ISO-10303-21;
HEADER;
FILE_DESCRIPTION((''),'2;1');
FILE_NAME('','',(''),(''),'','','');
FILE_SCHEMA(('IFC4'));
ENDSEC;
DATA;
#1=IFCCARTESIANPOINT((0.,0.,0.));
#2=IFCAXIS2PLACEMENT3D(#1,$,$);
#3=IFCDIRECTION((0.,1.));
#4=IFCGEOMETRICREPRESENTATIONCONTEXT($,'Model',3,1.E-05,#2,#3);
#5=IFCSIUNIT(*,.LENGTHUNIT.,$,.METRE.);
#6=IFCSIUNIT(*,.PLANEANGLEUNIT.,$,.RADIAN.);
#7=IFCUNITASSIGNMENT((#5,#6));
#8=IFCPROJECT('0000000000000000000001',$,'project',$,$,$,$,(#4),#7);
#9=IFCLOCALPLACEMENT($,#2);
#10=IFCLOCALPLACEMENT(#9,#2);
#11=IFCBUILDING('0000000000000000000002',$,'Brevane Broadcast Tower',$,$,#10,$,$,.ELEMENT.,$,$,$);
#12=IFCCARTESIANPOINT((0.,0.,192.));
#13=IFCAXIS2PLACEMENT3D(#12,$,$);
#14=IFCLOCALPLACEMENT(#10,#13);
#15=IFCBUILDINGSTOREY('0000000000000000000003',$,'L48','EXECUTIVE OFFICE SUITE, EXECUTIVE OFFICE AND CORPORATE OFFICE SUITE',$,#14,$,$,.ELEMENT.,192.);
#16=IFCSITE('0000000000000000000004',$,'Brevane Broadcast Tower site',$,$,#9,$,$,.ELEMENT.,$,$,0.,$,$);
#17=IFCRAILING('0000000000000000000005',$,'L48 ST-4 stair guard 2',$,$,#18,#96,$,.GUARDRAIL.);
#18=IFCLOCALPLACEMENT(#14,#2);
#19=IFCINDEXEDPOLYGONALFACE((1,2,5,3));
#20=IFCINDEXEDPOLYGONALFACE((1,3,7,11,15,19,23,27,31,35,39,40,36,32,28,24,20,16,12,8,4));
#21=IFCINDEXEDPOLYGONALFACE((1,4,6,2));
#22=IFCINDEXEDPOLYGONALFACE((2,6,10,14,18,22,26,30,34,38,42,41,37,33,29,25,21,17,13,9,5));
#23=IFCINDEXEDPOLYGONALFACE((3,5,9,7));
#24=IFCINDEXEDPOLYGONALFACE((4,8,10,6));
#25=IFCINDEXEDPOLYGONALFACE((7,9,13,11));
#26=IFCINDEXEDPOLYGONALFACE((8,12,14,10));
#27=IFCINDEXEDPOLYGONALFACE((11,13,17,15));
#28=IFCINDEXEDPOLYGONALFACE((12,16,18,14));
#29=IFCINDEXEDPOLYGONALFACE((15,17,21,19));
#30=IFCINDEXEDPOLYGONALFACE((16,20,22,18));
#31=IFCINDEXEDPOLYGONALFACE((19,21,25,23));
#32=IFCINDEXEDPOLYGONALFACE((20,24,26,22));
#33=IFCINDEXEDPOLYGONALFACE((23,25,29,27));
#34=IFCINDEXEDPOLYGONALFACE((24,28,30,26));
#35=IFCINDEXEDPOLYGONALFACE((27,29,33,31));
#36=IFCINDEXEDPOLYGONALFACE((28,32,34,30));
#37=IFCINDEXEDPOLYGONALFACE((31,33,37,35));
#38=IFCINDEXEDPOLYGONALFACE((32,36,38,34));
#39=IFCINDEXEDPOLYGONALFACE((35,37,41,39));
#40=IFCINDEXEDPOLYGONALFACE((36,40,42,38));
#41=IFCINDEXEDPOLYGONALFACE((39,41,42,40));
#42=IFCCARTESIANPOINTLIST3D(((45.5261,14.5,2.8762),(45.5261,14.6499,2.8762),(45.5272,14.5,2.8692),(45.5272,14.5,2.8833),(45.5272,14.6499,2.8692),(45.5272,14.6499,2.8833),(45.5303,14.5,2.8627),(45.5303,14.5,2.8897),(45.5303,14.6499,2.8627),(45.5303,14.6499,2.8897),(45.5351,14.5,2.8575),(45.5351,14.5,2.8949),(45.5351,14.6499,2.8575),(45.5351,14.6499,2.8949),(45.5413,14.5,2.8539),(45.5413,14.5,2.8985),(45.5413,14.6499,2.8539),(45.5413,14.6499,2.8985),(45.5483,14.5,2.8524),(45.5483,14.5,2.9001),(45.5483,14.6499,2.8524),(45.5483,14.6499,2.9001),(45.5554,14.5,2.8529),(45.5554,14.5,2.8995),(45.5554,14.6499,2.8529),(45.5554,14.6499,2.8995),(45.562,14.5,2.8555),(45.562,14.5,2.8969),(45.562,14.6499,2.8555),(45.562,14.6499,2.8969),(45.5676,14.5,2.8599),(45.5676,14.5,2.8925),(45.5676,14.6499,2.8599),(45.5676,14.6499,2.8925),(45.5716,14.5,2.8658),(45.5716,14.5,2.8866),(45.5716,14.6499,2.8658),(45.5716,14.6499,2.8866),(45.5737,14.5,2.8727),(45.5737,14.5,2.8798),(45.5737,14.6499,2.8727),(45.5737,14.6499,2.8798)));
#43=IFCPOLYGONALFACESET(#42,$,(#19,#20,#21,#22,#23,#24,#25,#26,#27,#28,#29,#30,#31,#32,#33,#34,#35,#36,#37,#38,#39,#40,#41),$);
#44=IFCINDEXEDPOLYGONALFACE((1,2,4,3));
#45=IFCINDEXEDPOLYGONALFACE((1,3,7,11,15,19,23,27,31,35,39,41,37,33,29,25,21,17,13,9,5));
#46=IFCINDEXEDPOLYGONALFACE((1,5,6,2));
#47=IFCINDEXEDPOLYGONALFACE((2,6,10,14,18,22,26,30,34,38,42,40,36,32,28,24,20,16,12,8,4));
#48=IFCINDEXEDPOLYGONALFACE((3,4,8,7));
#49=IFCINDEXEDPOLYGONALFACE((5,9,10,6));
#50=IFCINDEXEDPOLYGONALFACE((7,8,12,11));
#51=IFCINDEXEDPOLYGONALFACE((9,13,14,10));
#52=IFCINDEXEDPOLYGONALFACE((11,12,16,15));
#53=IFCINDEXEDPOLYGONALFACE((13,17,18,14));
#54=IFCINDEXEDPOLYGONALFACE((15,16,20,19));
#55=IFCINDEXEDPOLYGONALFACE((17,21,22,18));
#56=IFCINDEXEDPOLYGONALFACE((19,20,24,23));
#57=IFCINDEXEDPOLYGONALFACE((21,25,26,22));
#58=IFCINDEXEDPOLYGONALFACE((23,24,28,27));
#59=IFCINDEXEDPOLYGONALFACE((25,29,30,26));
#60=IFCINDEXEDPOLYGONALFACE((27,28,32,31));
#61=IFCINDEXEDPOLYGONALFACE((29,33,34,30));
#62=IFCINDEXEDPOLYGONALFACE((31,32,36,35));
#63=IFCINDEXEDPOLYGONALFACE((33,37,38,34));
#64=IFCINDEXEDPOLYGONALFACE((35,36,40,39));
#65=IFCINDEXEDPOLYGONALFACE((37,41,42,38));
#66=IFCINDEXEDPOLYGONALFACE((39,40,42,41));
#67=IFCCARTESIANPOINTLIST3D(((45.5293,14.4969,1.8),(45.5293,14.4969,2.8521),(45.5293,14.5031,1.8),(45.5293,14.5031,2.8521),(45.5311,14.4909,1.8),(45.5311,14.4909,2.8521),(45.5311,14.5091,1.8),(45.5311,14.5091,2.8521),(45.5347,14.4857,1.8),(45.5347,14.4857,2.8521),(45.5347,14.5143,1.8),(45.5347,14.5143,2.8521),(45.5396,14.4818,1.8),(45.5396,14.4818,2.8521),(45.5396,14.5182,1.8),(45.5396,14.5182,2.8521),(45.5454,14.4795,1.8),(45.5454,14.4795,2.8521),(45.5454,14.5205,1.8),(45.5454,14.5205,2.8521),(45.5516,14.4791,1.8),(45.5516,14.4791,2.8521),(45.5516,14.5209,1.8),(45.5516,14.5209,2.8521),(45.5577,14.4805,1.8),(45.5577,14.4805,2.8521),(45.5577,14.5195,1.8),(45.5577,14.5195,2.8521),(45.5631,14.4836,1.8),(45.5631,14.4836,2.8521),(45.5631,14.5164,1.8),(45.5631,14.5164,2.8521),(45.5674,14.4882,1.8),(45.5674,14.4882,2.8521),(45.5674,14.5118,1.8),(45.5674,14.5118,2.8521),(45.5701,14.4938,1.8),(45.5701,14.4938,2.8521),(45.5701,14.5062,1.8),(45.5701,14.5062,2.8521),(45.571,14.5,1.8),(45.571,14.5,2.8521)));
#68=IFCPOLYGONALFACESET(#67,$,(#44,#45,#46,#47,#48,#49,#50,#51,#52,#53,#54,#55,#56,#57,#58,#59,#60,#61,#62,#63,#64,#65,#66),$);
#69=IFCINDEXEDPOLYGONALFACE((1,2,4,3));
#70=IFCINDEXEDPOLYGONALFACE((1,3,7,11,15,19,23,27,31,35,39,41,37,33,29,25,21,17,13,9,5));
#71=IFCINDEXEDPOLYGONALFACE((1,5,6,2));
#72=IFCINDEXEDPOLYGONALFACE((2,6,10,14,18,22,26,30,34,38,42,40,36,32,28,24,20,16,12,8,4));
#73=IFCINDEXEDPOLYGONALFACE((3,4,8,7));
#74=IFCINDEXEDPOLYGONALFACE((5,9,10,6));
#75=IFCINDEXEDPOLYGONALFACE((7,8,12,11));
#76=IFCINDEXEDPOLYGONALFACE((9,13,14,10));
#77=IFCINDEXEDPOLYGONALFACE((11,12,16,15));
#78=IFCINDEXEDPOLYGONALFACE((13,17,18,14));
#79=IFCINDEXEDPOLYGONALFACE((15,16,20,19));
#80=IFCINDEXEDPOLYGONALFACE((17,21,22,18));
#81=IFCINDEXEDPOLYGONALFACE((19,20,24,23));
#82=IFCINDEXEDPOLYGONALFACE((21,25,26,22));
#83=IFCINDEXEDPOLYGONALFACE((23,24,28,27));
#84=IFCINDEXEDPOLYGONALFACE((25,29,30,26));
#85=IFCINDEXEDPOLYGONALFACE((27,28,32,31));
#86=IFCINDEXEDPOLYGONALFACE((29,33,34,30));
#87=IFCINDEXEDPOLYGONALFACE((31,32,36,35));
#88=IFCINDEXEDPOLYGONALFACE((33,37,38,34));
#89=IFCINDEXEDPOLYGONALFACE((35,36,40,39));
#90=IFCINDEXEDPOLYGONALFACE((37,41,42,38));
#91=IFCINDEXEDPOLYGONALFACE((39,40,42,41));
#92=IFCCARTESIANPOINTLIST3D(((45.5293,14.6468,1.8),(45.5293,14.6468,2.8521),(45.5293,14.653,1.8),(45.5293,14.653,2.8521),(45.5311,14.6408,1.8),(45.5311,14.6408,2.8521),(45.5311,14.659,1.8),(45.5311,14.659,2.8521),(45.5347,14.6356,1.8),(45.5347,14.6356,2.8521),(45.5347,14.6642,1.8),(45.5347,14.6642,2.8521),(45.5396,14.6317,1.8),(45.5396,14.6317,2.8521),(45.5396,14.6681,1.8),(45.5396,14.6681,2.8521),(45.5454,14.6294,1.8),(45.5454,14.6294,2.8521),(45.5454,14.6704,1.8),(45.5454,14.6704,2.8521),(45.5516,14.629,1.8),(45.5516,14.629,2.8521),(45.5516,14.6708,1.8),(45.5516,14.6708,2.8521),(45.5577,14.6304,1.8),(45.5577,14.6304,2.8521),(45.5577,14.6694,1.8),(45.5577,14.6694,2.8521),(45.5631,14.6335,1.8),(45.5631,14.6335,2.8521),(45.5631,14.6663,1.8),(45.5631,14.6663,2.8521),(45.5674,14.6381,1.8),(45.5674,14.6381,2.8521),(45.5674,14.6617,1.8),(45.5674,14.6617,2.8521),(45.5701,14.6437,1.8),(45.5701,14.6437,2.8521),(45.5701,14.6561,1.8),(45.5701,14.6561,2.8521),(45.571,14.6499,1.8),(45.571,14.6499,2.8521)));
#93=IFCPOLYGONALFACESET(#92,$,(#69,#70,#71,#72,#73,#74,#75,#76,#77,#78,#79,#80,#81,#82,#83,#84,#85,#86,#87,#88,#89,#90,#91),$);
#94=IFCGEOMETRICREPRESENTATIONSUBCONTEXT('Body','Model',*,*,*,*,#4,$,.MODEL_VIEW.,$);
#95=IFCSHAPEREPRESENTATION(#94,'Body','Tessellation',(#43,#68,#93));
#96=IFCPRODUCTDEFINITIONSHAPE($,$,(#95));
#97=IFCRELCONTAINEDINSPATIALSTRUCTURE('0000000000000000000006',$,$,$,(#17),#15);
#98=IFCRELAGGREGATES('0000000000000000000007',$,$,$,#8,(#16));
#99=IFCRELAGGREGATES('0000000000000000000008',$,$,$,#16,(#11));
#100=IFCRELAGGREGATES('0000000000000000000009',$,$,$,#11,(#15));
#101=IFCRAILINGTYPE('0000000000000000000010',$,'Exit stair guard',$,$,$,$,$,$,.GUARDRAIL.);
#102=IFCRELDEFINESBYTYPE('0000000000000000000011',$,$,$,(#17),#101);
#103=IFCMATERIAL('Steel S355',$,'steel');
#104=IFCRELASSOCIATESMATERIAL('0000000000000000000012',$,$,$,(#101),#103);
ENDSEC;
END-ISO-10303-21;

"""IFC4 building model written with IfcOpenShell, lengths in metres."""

from ifc_helpers import new_model, si_unit, direction, frame, origin, origin_2d, place, context, subcontext, project, spatial, circle, extrude, material, type_object, element, save


model = new_model("IFC4")

# Units and contexts
model_context = context("Model", 3, precision=1e-05, world=origin(), true_north=direction((0.0, 1.0)))
body_context = subcontext(model_context, "Body", "Model", "MODEL_VIEW")
ifc_project = project(units=[si_unit("LENGTHUNIT", "METRE"), si_unit("PLANEANGLEUNIT", "RADIAN")], contexts=[model_context])

# Site, building, storey
site_placement = place(None, origin())
site = spatial("IfcSite", under=ifc_project, at=site_placement, Name="Brevane Broadcast Tower site", CompositionType="ELEMENT", RefElevation=0.0)
building_placement = place(site_placement, origin())
building = spatial("IfcBuilding", under=site, at=building_placement, Name="Brevane Broadcast Tower", CompositionType="ELEMENT")
storey_placement = place(building_placement, frame((0.0, 0.0, 192.0)))
storey = spatial("IfcBuildingStorey", under=building, at=storey_placement, Name="L48", Description="EXECUTIVE OFFICE SUITE, EXECUTIVE OFFICE AND CORPORATE OFFICE SUITE", CompositionType="ELEMENT", Elevation=192.0)

# Railing
ifc_material_1 = material(Name="Steel S355", Category="steel")
railing_type_1 = type_object("IfcRailingType", Name="Exit stair guard", PredefinedType="GUARDRAIL", material=ifc_material_1)
railing_1_placement = place(storey_placement, frame((45.55, 14.5, 1.8)))
element("IfcRailing", 1, at=railing_1_placement, inside=storey, type_object=railing_type_1, Name="L48 ST-4 stair guard 2", PredefinedType="GUARDRAIL", context=body_context, shape_type="SweptSolid", body=[
    extrude(circle(Radius=0.0239, at=origin_2d()), frame((0.0, 0.0, 1.0762), z_axis=(0.0, 1.0, 0.0), x_axis=(-1.0, 0.0, 0.0)), (0.0, 0.0, 1.0), 0.1499),
    extrude(circle(Radius=0.021, at=origin_2d()), origin(), (0.0, 0.0, 1.0), 1.052),
    extrude(circle(Radius=0.021, at=origin_2d()), frame((0.0, 0.1499, 0.0)), (0.0, 0.0, 1.0), 1.052),
])

save(model, "model.ifc")
